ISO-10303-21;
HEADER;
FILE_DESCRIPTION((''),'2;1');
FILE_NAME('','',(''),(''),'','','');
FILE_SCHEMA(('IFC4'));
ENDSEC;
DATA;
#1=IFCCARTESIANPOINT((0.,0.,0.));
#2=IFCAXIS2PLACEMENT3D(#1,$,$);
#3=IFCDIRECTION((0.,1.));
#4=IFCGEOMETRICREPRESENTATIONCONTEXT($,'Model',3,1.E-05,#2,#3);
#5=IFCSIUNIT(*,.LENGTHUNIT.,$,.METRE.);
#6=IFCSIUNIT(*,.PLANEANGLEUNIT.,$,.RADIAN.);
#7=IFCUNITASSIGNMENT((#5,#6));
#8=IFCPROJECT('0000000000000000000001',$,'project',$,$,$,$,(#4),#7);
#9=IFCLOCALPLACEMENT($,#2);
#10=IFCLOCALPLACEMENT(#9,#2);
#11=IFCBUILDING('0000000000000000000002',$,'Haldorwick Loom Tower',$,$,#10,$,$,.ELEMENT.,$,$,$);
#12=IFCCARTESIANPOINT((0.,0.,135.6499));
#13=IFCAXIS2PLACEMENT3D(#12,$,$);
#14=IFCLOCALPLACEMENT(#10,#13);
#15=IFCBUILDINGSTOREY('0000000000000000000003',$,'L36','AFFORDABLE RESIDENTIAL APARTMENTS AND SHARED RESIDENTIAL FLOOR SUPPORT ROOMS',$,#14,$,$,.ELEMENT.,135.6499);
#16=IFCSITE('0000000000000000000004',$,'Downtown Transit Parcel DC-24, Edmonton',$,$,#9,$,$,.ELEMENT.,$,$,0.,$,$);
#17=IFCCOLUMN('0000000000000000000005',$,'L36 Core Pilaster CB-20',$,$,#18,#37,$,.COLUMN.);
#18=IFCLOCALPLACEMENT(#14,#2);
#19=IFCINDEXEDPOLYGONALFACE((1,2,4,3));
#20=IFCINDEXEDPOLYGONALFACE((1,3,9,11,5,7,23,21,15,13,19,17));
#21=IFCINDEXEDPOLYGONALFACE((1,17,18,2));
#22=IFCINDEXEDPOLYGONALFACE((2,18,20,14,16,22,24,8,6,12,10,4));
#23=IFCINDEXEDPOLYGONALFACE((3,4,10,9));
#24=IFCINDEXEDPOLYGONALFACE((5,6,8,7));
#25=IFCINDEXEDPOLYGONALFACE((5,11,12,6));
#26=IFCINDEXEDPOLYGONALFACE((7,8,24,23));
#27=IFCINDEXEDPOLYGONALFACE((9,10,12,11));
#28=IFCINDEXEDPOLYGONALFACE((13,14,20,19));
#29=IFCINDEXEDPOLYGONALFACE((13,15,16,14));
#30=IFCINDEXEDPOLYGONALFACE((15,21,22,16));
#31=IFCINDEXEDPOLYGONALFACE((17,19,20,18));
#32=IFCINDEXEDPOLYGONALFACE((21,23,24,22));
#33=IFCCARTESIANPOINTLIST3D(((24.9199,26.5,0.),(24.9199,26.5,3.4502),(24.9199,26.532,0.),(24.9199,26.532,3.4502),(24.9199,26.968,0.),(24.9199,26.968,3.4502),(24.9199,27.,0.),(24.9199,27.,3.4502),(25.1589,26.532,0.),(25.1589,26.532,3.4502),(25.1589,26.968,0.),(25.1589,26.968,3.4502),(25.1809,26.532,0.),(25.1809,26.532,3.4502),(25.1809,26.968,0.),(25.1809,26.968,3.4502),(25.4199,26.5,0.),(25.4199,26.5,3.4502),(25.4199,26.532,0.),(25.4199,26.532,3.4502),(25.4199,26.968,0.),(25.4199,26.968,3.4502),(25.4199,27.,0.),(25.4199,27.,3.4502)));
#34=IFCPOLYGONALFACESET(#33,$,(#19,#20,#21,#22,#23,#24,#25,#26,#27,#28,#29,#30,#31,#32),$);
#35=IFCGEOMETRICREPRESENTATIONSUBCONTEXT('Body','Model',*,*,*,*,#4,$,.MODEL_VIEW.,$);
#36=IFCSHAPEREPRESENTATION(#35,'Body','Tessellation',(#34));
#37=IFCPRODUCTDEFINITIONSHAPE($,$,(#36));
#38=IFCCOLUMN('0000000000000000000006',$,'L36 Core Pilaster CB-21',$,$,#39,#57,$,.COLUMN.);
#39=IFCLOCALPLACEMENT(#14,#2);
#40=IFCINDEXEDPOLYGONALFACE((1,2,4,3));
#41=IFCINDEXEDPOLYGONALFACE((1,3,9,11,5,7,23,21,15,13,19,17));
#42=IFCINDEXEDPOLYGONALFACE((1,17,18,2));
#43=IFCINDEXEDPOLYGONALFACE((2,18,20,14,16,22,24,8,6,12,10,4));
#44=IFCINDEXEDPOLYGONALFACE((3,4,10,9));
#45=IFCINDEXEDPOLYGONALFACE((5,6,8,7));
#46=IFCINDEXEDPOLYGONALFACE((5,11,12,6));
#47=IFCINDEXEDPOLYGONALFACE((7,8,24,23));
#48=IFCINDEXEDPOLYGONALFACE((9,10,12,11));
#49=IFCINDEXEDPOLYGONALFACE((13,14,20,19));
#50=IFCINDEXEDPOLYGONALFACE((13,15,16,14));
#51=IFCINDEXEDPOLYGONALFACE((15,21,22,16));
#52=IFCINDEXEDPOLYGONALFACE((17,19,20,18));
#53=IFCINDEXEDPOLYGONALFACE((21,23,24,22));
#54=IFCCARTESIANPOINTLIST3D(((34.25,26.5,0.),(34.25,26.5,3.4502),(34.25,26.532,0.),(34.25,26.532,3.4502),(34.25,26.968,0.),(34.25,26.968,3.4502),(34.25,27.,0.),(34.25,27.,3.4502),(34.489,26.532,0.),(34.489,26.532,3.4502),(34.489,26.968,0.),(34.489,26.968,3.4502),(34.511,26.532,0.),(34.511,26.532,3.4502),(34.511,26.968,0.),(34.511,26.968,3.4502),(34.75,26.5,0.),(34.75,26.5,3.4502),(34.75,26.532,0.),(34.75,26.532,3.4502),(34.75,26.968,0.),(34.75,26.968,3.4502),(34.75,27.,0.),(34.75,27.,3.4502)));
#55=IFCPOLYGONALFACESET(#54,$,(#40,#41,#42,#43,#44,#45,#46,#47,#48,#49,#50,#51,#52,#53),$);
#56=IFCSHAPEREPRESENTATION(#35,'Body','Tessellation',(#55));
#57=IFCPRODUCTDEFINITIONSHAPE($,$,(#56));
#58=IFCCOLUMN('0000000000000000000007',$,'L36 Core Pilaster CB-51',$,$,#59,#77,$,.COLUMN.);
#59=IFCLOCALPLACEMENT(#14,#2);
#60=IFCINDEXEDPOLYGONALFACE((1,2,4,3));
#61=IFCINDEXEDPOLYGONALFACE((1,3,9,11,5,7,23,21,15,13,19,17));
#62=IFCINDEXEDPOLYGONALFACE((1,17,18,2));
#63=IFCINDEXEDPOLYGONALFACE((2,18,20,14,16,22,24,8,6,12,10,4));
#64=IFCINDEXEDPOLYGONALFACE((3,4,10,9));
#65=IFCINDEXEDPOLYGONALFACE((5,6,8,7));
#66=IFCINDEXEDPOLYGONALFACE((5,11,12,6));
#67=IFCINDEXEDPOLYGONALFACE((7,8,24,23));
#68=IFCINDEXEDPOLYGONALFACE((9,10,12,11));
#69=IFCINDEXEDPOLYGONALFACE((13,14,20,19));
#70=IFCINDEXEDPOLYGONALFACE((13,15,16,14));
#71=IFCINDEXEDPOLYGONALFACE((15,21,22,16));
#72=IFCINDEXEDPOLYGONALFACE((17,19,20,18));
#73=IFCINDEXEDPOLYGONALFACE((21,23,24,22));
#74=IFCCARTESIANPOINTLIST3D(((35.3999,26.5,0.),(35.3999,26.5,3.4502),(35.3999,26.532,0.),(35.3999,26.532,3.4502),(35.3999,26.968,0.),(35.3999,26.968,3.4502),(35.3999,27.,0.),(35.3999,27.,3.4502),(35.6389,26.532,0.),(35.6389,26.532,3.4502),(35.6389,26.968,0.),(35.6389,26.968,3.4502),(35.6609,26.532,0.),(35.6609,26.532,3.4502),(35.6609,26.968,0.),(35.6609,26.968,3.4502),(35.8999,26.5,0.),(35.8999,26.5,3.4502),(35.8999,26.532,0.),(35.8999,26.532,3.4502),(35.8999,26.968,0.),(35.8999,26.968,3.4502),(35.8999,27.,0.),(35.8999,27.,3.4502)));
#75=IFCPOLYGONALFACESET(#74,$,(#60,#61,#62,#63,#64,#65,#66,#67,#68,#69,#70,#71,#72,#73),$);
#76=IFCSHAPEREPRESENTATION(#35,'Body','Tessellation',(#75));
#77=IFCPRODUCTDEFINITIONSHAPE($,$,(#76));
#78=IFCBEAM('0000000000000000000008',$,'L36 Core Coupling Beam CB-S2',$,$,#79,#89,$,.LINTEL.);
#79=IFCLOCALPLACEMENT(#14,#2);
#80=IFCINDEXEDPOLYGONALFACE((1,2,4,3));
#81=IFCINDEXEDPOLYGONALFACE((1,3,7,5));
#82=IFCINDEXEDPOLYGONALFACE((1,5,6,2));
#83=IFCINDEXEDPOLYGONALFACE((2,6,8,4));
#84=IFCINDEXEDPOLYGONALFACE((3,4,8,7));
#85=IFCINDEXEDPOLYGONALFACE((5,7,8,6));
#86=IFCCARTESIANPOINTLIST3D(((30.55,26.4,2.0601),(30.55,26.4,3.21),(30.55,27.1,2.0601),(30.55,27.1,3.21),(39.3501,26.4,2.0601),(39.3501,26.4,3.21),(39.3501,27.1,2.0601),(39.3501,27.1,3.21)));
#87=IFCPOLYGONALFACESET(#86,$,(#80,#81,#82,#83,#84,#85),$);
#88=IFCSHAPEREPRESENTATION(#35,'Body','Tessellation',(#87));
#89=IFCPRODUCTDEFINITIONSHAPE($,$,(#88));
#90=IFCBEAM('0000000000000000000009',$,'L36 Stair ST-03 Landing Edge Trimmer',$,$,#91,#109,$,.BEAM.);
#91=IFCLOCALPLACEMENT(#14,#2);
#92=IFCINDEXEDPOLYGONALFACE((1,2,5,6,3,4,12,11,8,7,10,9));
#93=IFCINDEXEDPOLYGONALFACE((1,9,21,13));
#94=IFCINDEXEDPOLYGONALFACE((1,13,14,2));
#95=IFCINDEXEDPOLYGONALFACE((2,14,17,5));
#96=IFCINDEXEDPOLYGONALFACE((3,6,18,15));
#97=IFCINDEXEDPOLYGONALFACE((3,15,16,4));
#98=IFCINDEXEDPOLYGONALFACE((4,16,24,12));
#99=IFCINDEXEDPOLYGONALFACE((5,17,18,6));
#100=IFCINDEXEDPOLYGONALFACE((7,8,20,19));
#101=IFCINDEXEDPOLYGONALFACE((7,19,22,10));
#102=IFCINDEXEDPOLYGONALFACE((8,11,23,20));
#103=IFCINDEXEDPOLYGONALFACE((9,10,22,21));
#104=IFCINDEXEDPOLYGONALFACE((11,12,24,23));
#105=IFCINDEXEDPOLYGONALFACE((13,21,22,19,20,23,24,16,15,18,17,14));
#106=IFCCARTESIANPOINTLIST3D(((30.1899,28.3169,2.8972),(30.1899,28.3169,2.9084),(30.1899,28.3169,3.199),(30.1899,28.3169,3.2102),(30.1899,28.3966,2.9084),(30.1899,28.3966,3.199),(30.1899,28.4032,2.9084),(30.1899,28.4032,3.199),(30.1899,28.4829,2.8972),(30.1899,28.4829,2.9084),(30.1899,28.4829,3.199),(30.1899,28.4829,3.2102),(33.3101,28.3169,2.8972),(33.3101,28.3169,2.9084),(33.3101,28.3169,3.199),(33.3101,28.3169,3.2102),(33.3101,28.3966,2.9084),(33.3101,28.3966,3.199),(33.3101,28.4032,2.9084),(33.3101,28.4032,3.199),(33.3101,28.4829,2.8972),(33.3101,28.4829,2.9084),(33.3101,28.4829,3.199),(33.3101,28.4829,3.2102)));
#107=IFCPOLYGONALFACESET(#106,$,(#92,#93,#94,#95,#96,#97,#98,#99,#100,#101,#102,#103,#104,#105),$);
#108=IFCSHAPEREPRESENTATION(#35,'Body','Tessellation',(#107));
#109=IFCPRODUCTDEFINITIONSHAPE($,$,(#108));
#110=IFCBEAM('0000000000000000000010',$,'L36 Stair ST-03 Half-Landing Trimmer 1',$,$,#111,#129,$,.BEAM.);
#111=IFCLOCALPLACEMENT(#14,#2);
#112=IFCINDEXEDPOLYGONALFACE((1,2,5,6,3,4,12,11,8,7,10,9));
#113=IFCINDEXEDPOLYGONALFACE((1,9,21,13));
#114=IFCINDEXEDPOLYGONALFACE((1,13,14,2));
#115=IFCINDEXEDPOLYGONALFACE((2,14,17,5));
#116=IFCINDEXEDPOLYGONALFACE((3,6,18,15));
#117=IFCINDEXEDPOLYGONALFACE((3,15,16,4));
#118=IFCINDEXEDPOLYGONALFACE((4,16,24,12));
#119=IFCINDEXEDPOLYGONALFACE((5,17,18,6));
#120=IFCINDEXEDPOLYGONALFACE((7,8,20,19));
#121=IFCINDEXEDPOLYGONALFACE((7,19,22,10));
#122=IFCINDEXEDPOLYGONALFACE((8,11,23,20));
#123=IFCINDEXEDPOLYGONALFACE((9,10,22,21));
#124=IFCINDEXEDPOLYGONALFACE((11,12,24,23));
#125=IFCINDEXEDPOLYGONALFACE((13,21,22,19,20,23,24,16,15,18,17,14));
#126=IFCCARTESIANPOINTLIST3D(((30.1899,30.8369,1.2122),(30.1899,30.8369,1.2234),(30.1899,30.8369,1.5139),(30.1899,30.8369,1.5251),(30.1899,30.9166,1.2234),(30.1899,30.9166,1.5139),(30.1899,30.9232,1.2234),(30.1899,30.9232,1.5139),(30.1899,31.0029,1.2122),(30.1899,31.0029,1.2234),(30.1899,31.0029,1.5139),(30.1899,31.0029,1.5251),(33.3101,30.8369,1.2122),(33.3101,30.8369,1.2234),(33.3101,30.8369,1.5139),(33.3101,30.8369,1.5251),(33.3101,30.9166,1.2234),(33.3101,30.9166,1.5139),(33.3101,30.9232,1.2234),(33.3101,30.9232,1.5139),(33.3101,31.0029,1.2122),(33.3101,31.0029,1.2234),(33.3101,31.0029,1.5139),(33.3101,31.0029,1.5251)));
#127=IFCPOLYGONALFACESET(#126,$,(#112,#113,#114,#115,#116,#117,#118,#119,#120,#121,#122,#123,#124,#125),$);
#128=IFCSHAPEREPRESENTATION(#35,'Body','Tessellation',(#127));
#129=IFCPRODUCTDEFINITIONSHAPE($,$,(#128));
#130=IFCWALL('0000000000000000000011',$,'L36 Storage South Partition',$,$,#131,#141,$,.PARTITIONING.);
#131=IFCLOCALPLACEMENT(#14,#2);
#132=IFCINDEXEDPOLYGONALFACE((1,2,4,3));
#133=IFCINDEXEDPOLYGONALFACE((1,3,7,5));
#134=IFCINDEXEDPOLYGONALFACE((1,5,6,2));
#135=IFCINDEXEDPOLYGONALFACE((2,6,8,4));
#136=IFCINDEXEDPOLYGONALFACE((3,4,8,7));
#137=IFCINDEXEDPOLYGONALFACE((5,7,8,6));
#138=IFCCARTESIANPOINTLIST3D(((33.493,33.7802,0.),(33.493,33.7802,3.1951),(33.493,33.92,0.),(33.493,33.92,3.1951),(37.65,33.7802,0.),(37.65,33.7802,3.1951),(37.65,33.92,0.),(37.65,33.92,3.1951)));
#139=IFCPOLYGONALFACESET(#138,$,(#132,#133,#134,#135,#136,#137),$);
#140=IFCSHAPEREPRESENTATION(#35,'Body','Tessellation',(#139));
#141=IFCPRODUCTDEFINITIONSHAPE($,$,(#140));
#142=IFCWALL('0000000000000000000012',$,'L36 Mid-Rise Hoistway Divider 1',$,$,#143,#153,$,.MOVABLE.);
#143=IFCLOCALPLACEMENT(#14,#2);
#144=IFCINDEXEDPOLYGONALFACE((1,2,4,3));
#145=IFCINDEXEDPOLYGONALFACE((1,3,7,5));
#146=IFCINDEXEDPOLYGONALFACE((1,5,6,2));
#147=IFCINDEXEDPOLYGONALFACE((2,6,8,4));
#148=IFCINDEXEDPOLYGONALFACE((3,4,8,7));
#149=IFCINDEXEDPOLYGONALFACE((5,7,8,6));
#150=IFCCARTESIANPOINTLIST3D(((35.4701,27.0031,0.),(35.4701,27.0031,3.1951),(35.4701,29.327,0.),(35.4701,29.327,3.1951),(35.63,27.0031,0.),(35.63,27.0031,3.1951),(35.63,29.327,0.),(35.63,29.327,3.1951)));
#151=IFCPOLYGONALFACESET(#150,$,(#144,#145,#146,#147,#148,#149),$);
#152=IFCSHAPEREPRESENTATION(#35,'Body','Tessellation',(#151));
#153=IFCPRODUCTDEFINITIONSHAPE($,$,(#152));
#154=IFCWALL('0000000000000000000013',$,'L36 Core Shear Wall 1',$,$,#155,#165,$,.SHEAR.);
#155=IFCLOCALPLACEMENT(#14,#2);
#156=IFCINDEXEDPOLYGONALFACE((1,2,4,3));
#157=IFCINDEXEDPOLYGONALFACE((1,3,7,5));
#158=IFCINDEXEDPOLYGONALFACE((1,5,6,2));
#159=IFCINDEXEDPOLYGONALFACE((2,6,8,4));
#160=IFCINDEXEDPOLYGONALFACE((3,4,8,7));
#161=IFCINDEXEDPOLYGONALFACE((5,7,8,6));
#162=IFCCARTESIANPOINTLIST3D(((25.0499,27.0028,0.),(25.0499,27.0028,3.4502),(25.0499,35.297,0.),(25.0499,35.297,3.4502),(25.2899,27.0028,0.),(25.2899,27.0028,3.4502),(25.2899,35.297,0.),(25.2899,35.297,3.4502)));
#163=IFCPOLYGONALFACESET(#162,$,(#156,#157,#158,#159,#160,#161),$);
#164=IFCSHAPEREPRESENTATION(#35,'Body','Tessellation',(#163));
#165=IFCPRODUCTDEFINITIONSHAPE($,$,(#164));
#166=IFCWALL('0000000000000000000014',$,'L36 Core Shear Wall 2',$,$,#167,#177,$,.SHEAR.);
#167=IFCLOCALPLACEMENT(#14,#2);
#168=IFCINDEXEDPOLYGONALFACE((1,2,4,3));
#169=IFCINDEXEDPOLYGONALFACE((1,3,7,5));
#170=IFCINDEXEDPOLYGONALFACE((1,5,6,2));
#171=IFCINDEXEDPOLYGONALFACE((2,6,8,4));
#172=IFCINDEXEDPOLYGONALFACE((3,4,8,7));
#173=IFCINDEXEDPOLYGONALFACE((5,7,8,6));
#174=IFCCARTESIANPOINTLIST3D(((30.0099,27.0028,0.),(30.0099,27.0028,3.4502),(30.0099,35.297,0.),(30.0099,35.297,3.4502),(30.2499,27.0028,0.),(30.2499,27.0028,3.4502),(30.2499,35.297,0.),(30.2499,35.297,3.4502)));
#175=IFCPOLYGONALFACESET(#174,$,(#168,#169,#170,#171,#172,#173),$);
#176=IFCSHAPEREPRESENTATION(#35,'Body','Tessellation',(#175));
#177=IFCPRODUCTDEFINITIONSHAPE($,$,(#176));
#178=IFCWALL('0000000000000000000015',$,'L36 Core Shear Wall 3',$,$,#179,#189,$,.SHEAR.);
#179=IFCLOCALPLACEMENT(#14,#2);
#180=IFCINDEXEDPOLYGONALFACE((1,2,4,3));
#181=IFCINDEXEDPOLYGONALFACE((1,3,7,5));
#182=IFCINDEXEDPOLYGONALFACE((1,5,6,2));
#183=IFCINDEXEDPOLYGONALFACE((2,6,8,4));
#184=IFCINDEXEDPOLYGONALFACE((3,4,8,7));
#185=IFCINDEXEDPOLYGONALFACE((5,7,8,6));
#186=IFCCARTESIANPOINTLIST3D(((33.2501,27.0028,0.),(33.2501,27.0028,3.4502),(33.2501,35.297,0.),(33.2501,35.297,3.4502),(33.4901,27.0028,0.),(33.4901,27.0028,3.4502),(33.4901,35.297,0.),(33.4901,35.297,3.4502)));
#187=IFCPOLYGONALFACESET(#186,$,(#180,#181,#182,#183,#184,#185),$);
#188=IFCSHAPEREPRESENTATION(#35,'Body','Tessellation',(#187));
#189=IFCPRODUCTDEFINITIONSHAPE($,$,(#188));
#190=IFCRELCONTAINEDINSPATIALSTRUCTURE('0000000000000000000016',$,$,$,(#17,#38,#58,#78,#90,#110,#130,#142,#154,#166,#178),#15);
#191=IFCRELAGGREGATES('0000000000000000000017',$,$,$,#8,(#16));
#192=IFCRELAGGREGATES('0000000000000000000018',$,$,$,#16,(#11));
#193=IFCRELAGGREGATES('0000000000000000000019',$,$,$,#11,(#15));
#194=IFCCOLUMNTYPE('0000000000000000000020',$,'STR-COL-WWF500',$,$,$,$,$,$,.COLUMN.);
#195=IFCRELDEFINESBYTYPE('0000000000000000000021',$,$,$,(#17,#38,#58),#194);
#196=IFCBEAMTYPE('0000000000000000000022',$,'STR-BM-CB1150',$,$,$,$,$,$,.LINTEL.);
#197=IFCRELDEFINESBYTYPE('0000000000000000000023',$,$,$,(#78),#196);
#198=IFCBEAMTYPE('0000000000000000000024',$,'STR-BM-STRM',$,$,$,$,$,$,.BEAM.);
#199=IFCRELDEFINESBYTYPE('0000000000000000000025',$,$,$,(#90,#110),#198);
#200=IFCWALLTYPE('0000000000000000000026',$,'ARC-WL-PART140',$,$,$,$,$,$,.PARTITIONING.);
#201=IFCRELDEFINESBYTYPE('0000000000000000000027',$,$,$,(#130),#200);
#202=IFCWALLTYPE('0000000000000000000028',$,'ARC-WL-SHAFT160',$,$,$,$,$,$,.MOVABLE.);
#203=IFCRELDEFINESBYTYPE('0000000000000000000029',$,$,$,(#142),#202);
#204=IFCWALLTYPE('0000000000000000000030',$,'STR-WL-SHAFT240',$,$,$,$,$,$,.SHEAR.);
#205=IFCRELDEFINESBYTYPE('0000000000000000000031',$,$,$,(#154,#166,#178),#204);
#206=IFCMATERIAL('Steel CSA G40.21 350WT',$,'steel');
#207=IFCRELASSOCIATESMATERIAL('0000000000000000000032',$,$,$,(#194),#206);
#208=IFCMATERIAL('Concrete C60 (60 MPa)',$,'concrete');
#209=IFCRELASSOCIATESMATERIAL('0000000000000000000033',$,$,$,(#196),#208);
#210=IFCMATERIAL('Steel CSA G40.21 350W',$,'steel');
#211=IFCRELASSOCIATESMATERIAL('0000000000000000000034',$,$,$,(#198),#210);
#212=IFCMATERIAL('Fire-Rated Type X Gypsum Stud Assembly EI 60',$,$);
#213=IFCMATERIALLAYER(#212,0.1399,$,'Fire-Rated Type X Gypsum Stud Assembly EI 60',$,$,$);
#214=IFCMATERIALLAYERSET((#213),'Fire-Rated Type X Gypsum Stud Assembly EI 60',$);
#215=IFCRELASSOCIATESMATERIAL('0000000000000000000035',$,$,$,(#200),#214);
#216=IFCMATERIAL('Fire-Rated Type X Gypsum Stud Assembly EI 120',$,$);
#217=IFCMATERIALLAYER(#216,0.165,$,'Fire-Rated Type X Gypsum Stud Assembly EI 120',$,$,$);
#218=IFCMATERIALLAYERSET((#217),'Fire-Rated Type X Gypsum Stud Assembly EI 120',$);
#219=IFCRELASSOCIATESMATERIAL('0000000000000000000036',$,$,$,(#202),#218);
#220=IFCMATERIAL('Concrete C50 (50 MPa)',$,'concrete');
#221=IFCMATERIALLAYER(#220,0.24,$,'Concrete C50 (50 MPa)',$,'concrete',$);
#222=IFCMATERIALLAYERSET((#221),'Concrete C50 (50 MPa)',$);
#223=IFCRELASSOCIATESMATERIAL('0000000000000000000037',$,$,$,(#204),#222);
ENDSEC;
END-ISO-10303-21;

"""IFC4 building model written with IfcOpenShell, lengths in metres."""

from ifc_helpers import new_model, si_unit, direction, frame, frame_2d, origin, origin_2d, place, context, subcontext, project, spatial, rectangle, i_section, extrude, material, layer, layer_set, material_profile, profile_set, type_object, element, save


model = new_model("IFC4")

# Units and contexts
model_context = context("Model", 3, precision=1e-05, world=origin(), true_north=direction((0.0, 1.0)))
body_context = subcontext(model_context, "Body", "Model", "MODEL_VIEW")
ifc_project = project(units=[si_unit("LENGTHUNIT", "METRE"), si_unit("PLANEANGLEUNIT", "RADIAN")], contexts=[model_context])

# Site, building, storey
site_placement = place(None, origin())
site = spatial("IfcSite", under=ifc_project, at=site_placement, Name="Downtown Transit Parcel DC-24, Edmonton", CompositionType="ELEMENT", RefElevation=0.0)
building_placement = place(site_placement, origin())
building = spatial("IfcBuilding", under=site, at=building_placement, Name="Haldorwick Loom Tower", CompositionType="ELEMENT")
storey_placement = place(building_placement, frame((0.0, 0.0, 135.6499)))
storey = spatial("IfcBuildingStorey", under=building, at=storey_placement, Name="L36", Description="AFFORDABLE RESIDENTIAL APARTMENTS AND SHARED RESIDENTIAL FLOOR SUPPORT ROOMS", CompositionType="ELEMENT", Elevation=135.6499)

# Columns
ifc_material_1 = material(Name="Steel CSA G40.21 350WT", Category="steel")
ifc_material_profile_1 = material_profile(ifc_material_1, i_section(OverallWidth=0.5, OverallDepth=0.5, WebThickness=0.022, FlangeThickness=0.032, at=origin_2d()), Name="WWF500X500", Category="steel")
ifc_profile_set_1 = profile_set([ifc_material_profile_1], Name="Steel CSA G40.21 350WT")
column_type = type_object("IfcColumnType", Name="STR-COL-WWF500", PredefinedType="COLUMN", material=ifc_profile_set_1)
for number, where, z_axis, x_axis, name in (
    (1, (25.1699, 26.75, 0.0), (0.0, 0.0, 1.0), (1.0, 0.0, 0.0), "L36 Core Pilaster CB-20"),
    (2, (34.5, 26.75, 0.0), (0.0, 0.0, 1.0), (1.0, 0.0, 0.0), "L36 Core Pilaster CB-21"),
    (3, (35.6499, 26.75, 0.0), (0.0, 0.0, 1.0), (1.0, 0.0, 0.0), "L36 Core Pilaster CB-51"),
):
    element("IfcColumn", number, at=place(storey_placement, frame(where, z_axis=z_axis, x_axis=x_axis)), inside=storey, type_object=column_type, Name=name, PredefinedType="COLUMN", context=body_context, shape_type="SweptSolid", body=[
        extrude(i_section(OverallWidth=0.5, OverallDepth=0.5, WebThickness=0.022, FlangeThickness=0.032, at=origin_2d()), origin(), (0.0, 0.0, 1.0), 3.4502),
    ])

# Beams
ifc_material_2 = material(Name="Concrete C60 (60 MPa)", Category="concrete")
ifc_material_profile_2 = material_profile(ifc_material_2, rectangle(XDim=0.7, YDim=1.1499, at=origin_2d()), Name="RC700X1150", Category="concrete")
ifc_profile_set_2 = profile_set([ifc_material_profile_2], Name="Concrete C60 (60 MPa)")
beam_type_1 = type_object("IfcBeamType", Name="STR-BM-CB1150", PredefinedType="LINTEL", material=ifc_profile_set_2)
beam_placement = place(storey_placement, frame((30.55, 26.75, 2.635), z_axis=(1.0, 0.0, 0.0), x_axis=(0.0, 1.0, 0.0)))
element("IfcBeam", 4, at=beam_placement, inside=storey, type_object=beam_type_1, Name="L36 Core Coupling Beam CB-S2", PredefinedType="LINTEL", context=body_context, shape_type="SweptSolid", body=[
    extrude(rectangle(XDim=0.7, YDim=1.1499, at=origin_2d()), origin(), (0.0, 0.0, 1.0), 8.8),
])
ifc_material_3 = material(Name="Steel CSA G40.21 350W", Category="steel")
ifc_material_profile_3 = material_profile(ifc_material_3, i_section(OverallWidth=0.166, OverallDepth=0.313, WebThickness=0.0066, FlangeThickness=0.0112, at=origin_2d()), Name="W310X45", Category="steel")
ifc_profile_set_3 = profile_set([ifc_material_profile_3], Name="Steel CSA G40.21 350W")
beam_type_2 = type_object("IfcBeamType", Name="STR-BM-STRM", PredefinedType="BEAM", material=ifc_profile_set_3)
for number, where, z_axis, x_axis, name in (
    (5, (30.1899, 28.3999, 3.0537), (1.0, 0.0, 0.0), (0.0, 1.0, 0.0), "L36 Stair ST-03 Landing Edge Trimmer"),
    (6, (30.1899, 30.9199, 1.3687), (1.0, 0.0, 0.0), (0.0, 1.0, 0.0), "L36 Stair ST-03 Half-Landing Trimmer 1"),
):
    element("IfcBeam", number, at=place(storey_placement, frame(where, z_axis=z_axis, x_axis=x_axis)), inside=storey, type_object=beam_type_2, Name=name, PredefinedType="BEAM", context=body_context, shape_type="SweptSolid", body=[
        extrude(i_section(OverallWidth=0.166, OverallDepth=0.313, WebThickness=0.0066, FlangeThickness=0.0112, at=origin_2d()), origin(), (0.0, 0.0, 1.0), 3.1201),
    ])

# Walls
ifc_material_4 = material(Name="Fire-Rated Type X Gypsum Stud Assembly EI 60")
ifc_layer_1 = layer(ifc_material_4, 0.1399, Name="Fire-Rated Type X Gypsum Stud Assembly EI 60")
ifc_layer_set_1 = layer_set([ifc_layer_1], Name="Fire-Rated Type X Gypsum Stud Assembly EI 60")
wall_type_1 = type_object("IfcWallType", Name="ARC-WL-PART140", PredefinedType="PARTITIONING", material=ifc_layer_set_1)
wall_1_placement = place(storey_placement, frame((33.4929, 33.8501, 0.0), z_axis=(0.0, 0.0, 1.0), x_axis=(1.0, 0.0, 0.0)))
element("IfcWall", 7, at=wall_1_placement, inside=storey, type_object=wall_type_1, Name="L36 Storage South Partition", PredefinedType="PARTITIONING", context=body_context, shape_type="SweptSolid", body=[
    extrude(rectangle(XDim=4.157, YDim=0.1399, at=frame_2d((2.0786, 0.0))), origin(), (0.0, 0.0, 1.0), 3.1951),
])
ifc_material_5 = material(Name="Fire-Rated Type X Gypsum Stud Assembly EI 120")
ifc_layer_2 = layer(ifc_material_5, 0.165, Name="Fire-Rated Type X Gypsum Stud Assembly EI 120")
ifc_layer_set_2 = layer_set([ifc_layer_2], Name="Fire-Rated Type X Gypsum Stud Assembly EI 120")
wall_type_2 = type_object("IfcWallType", Name="ARC-WL-SHAFT160", PredefinedType="MOVABLE", material=ifc_layer_set_2)
wall_2_placement = place(storey_placement, frame((35.55, 27.0029, 0.0), z_axis=(0.0, 0.0, 1.0), x_axis=(0.0, 1.0, 0.0)))
element("IfcWall", 8, at=wall_2_placement, inside=storey, type_object=wall_type_2, Name="L36 Mid-Rise Hoistway Divider 1", PredefinedType="MOVABLE", context=body_context, shape_type="SweptSolid", body=[
    extrude(rectangle(XDim=2.324, YDim=0.1599, at=frame_2d((1.1621, 0.0))), origin(), (0.0, 0.0, 1.0), 3.1951),
])
ifc_material_6 = material(Name="Concrete C50 (50 MPa)", Category="concrete")
ifc_layer_3 = layer(ifc_material_6, 0.24, Name="Concrete C50 (50 MPa)", Category="concrete")
ifc_layer_set_3 = layer_set([ifc_layer_3], Name="Concrete C50 (50 MPa)")
wall_type_3 = type_object("IfcWallType", Name="STR-WL-SHAFT240", PredefinedType="SHEAR", material=ifc_layer_set_3)
for number, where, z_axis, x_axis, name in (
    (9, (25.1699, 27.0029, 0.0), (0.0, 0.0, 1.0), (0.0, 1.0, 0.0), "L36 Core Shear Wall 1"),
    (10, (30.1299, 27.0029, 0.0), (0.0, 0.0, 1.0), (0.0, 1.0, 0.0), "L36 Core Shear Wall 2"),
    (11, (33.3701, 27.0029, 0.0), (0.0, 0.0, 1.0), (0.0, 1.0, 0.0), "L36 Core Shear Wall 3"),
):
    element("IfcWall", number, at=place(storey_placement, frame(where, z_axis=z_axis, x_axis=x_axis)), inside=storey, type_object=wall_type_3, Name=name, PredefinedType="SHEAR", context=body_context, shape_type="SweptSolid", body=[
        extrude(rectangle(XDim=8.2942, YDim=0.24, at=frame_2d((4.147, 0.0))), origin(), (0.0, 0.0, 1.0), 3.4502),
    ])

save(model, "model.ifc")
